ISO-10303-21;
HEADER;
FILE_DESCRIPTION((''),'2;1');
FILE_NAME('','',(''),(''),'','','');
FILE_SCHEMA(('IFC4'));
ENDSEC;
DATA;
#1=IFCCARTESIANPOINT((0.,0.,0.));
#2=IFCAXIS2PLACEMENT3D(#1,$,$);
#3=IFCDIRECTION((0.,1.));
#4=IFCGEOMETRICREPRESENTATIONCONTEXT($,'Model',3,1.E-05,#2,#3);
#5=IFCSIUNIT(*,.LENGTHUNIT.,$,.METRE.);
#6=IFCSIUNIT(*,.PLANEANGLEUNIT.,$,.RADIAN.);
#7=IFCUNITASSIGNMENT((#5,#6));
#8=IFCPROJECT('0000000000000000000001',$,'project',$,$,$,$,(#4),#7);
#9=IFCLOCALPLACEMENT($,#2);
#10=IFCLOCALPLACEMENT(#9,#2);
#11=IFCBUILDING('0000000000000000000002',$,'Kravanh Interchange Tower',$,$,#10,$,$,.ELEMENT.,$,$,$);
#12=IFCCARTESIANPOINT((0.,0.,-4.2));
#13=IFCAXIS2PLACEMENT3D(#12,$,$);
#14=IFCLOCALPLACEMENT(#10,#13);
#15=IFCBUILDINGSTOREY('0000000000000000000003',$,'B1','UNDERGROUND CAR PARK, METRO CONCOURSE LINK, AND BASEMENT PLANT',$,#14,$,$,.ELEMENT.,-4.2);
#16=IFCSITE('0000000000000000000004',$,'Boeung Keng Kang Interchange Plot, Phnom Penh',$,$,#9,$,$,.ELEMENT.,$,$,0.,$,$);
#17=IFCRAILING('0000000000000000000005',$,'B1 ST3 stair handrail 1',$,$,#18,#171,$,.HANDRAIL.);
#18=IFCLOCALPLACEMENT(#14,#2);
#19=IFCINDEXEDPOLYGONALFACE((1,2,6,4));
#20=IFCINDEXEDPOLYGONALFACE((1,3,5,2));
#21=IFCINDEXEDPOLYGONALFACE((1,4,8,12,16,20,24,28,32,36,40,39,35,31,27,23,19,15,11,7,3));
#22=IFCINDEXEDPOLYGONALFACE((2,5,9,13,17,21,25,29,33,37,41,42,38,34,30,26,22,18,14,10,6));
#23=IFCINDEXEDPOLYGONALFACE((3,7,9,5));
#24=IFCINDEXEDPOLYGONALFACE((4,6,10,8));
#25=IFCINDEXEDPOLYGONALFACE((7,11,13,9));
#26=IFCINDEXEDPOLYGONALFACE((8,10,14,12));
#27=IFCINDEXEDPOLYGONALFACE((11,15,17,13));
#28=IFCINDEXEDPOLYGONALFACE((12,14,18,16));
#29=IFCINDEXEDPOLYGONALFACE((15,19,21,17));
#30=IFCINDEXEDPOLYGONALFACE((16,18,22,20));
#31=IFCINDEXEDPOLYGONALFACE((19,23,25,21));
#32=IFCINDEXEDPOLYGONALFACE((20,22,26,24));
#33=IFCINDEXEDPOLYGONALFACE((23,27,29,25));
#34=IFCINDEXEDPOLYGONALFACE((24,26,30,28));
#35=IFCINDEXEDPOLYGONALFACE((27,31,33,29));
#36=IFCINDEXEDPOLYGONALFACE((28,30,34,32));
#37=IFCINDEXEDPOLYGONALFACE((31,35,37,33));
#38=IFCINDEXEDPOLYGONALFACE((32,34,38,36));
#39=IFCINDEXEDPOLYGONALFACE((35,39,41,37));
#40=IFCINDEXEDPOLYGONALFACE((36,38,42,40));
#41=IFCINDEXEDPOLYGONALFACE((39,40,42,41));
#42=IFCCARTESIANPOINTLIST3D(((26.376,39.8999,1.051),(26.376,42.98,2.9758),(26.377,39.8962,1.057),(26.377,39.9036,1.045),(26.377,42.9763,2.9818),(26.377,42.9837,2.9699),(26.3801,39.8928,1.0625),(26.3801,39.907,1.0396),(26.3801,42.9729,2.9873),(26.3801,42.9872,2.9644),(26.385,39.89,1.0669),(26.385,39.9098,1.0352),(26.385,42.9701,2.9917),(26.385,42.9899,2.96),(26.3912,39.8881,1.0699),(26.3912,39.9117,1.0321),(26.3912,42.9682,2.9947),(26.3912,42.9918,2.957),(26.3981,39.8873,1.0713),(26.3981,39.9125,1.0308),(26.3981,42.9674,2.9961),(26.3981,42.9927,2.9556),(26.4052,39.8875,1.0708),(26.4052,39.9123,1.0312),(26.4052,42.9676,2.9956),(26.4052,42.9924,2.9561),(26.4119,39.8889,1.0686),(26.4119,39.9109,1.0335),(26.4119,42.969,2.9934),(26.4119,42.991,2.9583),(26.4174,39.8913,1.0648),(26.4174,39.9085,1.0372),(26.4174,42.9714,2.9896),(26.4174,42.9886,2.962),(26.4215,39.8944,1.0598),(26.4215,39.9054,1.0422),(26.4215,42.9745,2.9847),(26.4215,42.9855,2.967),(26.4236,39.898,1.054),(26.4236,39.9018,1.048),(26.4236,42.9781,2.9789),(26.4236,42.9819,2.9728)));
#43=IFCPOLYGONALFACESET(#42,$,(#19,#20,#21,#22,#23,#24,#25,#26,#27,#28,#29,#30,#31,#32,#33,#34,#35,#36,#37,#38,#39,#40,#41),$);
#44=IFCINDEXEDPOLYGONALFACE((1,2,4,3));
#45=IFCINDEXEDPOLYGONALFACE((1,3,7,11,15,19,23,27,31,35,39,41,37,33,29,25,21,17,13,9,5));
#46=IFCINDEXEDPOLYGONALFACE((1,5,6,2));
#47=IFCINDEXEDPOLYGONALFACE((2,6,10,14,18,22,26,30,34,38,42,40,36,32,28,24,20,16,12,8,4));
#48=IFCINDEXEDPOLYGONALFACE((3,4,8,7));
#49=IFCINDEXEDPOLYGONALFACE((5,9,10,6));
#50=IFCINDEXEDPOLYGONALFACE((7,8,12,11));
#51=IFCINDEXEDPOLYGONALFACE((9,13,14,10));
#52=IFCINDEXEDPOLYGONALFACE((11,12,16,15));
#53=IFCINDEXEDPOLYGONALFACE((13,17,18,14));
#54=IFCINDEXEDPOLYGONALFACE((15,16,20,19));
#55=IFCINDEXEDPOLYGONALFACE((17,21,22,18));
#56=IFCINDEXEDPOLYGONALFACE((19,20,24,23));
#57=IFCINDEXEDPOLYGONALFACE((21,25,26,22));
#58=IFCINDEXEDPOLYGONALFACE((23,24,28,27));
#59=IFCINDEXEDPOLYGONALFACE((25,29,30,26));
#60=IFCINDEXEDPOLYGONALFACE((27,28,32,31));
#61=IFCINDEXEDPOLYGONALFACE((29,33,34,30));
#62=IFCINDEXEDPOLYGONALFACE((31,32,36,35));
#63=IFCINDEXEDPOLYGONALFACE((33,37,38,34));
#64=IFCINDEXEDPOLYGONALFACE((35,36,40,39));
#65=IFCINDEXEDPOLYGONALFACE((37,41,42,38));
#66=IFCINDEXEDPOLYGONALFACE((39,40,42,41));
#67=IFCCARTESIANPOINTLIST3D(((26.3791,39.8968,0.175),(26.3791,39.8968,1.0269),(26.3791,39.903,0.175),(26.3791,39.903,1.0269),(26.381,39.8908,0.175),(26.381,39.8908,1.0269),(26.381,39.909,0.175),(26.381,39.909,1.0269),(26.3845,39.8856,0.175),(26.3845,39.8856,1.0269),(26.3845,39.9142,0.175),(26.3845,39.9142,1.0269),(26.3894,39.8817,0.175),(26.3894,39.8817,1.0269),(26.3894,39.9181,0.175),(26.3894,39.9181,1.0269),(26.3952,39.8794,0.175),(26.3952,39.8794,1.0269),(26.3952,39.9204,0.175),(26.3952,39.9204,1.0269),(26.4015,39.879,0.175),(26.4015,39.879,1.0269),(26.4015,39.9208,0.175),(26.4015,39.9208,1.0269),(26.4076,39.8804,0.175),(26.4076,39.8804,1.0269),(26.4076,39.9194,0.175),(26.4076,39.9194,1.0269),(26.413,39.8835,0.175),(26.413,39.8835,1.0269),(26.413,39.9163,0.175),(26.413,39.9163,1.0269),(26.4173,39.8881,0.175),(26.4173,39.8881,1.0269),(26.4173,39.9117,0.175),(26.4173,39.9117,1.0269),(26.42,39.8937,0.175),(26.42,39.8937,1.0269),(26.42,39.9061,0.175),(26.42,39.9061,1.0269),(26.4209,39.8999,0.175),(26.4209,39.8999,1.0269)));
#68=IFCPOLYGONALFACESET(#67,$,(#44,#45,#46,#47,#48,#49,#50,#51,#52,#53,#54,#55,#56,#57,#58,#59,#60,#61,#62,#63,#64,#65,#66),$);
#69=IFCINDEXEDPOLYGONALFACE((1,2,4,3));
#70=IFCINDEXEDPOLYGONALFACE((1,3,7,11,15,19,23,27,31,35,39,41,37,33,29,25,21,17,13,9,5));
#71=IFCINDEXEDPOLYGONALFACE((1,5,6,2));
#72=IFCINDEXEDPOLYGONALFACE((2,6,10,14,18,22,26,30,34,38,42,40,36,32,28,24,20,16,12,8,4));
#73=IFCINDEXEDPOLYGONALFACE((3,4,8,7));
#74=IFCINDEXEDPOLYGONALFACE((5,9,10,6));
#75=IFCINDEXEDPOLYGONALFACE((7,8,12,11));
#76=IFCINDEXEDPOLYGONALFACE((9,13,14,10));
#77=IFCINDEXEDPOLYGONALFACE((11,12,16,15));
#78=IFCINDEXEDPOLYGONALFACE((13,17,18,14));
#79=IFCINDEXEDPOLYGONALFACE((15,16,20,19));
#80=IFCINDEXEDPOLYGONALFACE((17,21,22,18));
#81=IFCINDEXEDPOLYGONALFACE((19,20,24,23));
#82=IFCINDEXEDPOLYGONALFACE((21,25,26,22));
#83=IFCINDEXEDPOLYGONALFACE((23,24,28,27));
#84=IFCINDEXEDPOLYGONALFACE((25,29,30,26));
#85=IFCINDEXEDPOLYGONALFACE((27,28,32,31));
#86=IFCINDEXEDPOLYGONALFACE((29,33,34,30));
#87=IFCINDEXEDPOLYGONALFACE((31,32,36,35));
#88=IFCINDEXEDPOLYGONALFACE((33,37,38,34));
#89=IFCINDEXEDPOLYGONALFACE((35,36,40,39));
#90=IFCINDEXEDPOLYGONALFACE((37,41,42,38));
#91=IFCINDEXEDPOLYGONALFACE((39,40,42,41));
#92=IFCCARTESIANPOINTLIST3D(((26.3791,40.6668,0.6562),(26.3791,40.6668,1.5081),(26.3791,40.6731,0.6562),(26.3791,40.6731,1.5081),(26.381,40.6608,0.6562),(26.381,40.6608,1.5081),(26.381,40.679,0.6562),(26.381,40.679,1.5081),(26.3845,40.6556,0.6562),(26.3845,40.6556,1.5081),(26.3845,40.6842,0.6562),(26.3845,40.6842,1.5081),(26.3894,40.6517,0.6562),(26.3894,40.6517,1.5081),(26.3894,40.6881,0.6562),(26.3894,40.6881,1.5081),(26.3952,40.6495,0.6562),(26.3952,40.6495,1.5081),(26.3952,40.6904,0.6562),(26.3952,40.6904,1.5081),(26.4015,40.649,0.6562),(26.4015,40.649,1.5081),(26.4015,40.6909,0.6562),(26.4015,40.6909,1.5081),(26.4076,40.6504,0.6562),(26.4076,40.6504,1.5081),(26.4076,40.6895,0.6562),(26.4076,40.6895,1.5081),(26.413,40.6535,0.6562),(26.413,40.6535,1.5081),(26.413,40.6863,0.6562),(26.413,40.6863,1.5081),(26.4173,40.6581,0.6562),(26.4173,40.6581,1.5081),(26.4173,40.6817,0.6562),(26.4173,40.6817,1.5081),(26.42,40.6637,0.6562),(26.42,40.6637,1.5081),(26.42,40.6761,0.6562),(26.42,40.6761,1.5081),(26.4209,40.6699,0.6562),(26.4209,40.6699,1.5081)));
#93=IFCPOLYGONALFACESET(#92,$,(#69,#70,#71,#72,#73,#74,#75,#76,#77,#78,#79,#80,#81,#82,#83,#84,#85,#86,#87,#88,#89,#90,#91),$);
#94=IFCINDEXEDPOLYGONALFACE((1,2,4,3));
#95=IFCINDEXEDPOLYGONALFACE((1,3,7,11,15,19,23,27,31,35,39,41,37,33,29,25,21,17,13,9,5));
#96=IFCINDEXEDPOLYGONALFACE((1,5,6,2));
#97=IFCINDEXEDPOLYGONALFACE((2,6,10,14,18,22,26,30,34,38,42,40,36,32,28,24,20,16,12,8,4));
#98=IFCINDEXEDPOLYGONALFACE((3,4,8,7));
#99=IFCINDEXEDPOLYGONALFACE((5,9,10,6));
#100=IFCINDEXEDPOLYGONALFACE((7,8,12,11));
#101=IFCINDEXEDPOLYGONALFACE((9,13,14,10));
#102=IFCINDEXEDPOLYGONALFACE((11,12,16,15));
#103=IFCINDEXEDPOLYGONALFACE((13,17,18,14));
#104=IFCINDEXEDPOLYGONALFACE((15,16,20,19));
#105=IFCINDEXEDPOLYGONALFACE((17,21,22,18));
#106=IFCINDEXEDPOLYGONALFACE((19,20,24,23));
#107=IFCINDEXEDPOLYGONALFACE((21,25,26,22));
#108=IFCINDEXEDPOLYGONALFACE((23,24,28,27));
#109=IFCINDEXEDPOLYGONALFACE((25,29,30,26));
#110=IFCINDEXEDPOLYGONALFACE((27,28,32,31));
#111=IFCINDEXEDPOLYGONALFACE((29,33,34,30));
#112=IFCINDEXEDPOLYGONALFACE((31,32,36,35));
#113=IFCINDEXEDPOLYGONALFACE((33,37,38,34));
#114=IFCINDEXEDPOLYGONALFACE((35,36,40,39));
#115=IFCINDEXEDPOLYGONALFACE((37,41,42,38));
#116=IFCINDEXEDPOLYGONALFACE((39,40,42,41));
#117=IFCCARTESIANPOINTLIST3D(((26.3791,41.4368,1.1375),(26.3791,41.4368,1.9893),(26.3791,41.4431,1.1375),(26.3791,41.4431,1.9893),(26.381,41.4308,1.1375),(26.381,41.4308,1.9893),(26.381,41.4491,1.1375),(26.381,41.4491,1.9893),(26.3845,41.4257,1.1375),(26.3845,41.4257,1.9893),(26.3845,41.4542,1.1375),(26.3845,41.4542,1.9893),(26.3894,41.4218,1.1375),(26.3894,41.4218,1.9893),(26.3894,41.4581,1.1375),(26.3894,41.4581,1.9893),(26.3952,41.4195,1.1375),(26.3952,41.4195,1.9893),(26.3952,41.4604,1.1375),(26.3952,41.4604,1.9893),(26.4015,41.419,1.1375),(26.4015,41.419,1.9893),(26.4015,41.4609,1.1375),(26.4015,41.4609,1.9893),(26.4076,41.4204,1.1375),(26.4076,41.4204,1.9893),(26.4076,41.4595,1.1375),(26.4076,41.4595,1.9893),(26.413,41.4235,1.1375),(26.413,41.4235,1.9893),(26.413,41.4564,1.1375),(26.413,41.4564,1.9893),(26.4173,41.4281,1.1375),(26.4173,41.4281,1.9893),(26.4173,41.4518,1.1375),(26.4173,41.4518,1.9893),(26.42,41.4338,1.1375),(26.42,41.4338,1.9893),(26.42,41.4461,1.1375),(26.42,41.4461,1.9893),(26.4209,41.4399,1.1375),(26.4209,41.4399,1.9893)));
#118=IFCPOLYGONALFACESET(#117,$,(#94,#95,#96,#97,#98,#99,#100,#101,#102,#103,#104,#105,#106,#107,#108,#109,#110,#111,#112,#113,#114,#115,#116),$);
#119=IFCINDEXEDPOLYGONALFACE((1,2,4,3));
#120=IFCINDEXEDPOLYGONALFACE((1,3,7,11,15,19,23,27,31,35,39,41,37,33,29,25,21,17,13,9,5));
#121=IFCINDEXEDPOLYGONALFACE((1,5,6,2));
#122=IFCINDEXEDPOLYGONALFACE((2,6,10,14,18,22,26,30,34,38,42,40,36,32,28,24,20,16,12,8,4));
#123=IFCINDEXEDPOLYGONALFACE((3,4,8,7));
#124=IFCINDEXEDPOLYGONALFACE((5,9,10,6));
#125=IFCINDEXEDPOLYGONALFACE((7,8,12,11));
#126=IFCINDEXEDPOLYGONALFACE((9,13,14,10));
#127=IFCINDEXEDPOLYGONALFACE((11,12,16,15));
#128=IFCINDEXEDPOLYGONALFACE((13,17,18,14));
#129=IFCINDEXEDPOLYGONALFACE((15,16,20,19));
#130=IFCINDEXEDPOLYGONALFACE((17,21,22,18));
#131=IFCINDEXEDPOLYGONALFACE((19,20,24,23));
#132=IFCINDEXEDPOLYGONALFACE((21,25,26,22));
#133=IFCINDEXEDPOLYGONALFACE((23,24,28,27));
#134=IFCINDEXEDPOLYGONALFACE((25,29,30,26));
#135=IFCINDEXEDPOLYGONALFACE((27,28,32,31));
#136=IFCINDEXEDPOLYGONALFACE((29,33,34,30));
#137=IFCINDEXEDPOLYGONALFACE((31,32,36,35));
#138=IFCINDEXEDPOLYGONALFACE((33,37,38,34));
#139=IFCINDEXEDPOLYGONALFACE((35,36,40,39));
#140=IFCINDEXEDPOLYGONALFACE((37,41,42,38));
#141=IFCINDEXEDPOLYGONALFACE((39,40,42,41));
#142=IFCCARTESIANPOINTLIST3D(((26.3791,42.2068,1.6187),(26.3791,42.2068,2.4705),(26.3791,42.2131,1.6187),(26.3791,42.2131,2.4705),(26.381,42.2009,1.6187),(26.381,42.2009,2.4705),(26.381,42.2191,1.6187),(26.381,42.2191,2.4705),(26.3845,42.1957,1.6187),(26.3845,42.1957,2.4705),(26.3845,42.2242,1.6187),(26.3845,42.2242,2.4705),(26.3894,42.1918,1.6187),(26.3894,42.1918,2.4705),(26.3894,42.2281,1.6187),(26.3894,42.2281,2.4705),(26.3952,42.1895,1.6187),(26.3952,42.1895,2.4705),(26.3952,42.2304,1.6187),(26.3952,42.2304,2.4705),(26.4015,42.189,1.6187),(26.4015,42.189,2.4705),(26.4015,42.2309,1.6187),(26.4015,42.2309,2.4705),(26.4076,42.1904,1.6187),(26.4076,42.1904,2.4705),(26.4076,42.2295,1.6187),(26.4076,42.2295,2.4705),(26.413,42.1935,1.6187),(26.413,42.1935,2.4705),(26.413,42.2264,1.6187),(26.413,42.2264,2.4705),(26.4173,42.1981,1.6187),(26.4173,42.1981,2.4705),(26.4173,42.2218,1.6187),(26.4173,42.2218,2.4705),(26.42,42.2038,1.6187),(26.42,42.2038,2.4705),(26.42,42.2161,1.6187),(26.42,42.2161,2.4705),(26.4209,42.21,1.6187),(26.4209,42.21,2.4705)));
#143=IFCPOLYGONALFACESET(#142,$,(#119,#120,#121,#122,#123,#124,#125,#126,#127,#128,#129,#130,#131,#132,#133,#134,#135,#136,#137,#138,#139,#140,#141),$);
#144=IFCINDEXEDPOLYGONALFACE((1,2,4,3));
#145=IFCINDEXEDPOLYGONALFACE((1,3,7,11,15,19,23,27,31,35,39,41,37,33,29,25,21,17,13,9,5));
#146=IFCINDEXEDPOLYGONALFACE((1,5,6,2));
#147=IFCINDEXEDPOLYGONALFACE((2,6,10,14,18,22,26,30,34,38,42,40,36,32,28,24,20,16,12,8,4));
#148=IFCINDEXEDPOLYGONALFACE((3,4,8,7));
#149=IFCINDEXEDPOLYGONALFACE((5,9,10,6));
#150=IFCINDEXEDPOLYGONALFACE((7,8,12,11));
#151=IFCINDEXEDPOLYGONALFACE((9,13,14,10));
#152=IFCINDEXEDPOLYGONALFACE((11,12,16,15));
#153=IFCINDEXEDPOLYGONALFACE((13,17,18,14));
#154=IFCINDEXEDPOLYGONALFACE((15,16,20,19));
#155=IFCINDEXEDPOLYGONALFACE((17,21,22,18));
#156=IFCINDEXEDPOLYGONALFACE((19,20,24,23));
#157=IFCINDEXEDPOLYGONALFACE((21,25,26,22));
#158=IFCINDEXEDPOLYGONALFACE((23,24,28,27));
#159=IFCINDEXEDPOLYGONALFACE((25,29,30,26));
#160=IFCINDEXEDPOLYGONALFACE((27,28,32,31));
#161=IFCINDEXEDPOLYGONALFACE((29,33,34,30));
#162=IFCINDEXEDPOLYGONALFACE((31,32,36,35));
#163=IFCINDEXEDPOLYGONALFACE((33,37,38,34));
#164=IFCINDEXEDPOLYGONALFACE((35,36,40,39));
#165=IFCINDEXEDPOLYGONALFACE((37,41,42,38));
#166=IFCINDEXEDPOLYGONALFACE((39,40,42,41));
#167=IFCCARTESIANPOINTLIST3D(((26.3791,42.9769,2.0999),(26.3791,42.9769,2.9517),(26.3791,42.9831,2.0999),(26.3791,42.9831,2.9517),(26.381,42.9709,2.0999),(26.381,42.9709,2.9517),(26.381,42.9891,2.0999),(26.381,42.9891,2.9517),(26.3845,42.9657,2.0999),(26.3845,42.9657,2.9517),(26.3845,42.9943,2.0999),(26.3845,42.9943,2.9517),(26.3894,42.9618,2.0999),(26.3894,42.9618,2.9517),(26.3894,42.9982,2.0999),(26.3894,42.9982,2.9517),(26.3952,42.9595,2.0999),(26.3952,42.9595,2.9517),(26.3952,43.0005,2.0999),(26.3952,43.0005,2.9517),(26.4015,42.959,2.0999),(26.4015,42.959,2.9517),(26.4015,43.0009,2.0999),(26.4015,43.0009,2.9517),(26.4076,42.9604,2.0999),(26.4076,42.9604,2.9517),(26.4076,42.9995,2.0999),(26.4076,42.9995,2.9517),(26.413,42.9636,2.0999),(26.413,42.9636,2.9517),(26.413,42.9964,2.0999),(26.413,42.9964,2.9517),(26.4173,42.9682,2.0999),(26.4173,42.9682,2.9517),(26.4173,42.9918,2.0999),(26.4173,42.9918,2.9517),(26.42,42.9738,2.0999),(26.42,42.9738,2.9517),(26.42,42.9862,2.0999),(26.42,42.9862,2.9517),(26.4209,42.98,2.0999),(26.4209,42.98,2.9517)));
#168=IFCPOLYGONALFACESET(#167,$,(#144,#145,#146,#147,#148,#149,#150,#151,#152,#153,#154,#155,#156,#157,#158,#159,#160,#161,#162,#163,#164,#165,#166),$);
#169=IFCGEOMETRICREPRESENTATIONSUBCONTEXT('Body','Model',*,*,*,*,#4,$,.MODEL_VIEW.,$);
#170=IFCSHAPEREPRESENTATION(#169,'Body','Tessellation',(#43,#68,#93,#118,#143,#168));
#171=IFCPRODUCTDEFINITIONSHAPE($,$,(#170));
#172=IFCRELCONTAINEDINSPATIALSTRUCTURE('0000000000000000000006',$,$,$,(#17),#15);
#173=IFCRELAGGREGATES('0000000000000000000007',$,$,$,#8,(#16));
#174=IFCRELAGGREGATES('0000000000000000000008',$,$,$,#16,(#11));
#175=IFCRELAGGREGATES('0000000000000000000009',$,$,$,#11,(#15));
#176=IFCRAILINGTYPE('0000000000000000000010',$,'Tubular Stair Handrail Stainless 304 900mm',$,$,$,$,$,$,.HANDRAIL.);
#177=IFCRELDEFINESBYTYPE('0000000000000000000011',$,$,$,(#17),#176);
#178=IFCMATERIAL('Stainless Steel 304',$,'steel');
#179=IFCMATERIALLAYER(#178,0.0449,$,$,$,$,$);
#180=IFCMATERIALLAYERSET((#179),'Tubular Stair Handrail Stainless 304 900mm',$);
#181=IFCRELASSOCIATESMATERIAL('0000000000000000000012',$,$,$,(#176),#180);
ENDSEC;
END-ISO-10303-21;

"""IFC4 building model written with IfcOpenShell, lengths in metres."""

from ifc_helpers import new_model, si_unit, direction, frame, origin, origin_2d, place, context, subcontext, project, spatial, circle, extrude, material, layer, layer_set, type_object, element, save


model = new_model("IFC4")

# Units and contexts
model_context = context("Model", 3, precision=1e-05, world=origin(), true_north=direction((0.0, 1.0)))
body_context = subcontext(model_context, "Body", "Model", "MODEL_VIEW")
ifc_project = project(units=[si_unit("LENGTHUNIT", "METRE"), si_unit("PLANEANGLEUNIT", "RADIAN")], contexts=[model_context])

# Site, building, storey
site_placement = place(None, origin())
site = spatial("IfcSite", under=ifc_project, at=site_placement, Name="Boeung Keng Kang Interchange Plot, Phnom Penh", CompositionType="ELEMENT", RefElevation=0.0)
building_placement = place(site_placement, origin())
building = spatial("IfcBuilding", under=site, at=building_placement, Name="Kravanh Interchange Tower", CompositionType="ELEMENT")
storey_placement = place(building_placement, frame((0.0, 0.0, -4.2)))
storey = spatial("IfcBuildingStorey", under=building, at=storey_placement, Name="B1", Description="UNDERGROUND CAR PARK, METRO CONCOURSE LINK, AND BASEMENT PLANT", CompositionType="ELEMENT", Elevation=-4.2)

# Railing
ifc_material_1 = material(Name="Stainless Steel 304", Category="steel")
ifc_layer_1 = layer(ifc_material_1, 0.0449)
ifc_layer_set_1 = layer_set([ifc_layer_1], Name="Tubular Stair Handrail Stainless 304 900mm")
railing_type_1 = type_object("IfcRailingType", Name="Tubular Stair Handrail Stainless 304 900mm", PredefinedType="HANDRAIL", material=ifc_layer_set_1)
railing_1_placement = place(storey_placement, frame((26.3999, 39.8999, 0.175)))
element("IfcRailing", 1, at=railing_1_placement, inside=storey, type_object=railing_type_1, Name="B1 ST3 stair handrail 1", PredefinedType="HANDRAIL", context=body_context, shape_type="SweptSolid", body=[
    extrude(circle(Radius=0.0239, at=origin_2d()), frame((0.0, 0.0, 0.876), z_axis=(0.0, 0.848029, 0.529951), x_axis=(-1.0, 0.0, 0.0)), (0.0, 0.0, 1.0), 3.6321),
    extrude(circle(Radius=0.021, at=origin_2d()), origin(), (0.0, 0.0, 1.0), 0.8518),
    extrude(circle(Radius=0.021, at=origin_2d()), frame((0.0, 0.77, 0.4812)), (0.0, 0.0, 1.0), 0.8518),
    extrude(circle(Radius=0.021, at=origin_2d()), frame((0.0, 1.54, 0.9624)), (0.0, 0.0, 1.0), 0.8518),
    extrude(circle(Radius=0.021, at=origin_2d()), frame((0.0, 2.3101, 1.4436)), (0.0, 0.0, 1.0), 0.8518),
    extrude(circle(Radius=0.021, at=origin_2d()), frame((0.0, 3.0801, 1.9248)), (0.0, 0.0, 1.0), 0.8518),
])

save(model, "model.ifc")
